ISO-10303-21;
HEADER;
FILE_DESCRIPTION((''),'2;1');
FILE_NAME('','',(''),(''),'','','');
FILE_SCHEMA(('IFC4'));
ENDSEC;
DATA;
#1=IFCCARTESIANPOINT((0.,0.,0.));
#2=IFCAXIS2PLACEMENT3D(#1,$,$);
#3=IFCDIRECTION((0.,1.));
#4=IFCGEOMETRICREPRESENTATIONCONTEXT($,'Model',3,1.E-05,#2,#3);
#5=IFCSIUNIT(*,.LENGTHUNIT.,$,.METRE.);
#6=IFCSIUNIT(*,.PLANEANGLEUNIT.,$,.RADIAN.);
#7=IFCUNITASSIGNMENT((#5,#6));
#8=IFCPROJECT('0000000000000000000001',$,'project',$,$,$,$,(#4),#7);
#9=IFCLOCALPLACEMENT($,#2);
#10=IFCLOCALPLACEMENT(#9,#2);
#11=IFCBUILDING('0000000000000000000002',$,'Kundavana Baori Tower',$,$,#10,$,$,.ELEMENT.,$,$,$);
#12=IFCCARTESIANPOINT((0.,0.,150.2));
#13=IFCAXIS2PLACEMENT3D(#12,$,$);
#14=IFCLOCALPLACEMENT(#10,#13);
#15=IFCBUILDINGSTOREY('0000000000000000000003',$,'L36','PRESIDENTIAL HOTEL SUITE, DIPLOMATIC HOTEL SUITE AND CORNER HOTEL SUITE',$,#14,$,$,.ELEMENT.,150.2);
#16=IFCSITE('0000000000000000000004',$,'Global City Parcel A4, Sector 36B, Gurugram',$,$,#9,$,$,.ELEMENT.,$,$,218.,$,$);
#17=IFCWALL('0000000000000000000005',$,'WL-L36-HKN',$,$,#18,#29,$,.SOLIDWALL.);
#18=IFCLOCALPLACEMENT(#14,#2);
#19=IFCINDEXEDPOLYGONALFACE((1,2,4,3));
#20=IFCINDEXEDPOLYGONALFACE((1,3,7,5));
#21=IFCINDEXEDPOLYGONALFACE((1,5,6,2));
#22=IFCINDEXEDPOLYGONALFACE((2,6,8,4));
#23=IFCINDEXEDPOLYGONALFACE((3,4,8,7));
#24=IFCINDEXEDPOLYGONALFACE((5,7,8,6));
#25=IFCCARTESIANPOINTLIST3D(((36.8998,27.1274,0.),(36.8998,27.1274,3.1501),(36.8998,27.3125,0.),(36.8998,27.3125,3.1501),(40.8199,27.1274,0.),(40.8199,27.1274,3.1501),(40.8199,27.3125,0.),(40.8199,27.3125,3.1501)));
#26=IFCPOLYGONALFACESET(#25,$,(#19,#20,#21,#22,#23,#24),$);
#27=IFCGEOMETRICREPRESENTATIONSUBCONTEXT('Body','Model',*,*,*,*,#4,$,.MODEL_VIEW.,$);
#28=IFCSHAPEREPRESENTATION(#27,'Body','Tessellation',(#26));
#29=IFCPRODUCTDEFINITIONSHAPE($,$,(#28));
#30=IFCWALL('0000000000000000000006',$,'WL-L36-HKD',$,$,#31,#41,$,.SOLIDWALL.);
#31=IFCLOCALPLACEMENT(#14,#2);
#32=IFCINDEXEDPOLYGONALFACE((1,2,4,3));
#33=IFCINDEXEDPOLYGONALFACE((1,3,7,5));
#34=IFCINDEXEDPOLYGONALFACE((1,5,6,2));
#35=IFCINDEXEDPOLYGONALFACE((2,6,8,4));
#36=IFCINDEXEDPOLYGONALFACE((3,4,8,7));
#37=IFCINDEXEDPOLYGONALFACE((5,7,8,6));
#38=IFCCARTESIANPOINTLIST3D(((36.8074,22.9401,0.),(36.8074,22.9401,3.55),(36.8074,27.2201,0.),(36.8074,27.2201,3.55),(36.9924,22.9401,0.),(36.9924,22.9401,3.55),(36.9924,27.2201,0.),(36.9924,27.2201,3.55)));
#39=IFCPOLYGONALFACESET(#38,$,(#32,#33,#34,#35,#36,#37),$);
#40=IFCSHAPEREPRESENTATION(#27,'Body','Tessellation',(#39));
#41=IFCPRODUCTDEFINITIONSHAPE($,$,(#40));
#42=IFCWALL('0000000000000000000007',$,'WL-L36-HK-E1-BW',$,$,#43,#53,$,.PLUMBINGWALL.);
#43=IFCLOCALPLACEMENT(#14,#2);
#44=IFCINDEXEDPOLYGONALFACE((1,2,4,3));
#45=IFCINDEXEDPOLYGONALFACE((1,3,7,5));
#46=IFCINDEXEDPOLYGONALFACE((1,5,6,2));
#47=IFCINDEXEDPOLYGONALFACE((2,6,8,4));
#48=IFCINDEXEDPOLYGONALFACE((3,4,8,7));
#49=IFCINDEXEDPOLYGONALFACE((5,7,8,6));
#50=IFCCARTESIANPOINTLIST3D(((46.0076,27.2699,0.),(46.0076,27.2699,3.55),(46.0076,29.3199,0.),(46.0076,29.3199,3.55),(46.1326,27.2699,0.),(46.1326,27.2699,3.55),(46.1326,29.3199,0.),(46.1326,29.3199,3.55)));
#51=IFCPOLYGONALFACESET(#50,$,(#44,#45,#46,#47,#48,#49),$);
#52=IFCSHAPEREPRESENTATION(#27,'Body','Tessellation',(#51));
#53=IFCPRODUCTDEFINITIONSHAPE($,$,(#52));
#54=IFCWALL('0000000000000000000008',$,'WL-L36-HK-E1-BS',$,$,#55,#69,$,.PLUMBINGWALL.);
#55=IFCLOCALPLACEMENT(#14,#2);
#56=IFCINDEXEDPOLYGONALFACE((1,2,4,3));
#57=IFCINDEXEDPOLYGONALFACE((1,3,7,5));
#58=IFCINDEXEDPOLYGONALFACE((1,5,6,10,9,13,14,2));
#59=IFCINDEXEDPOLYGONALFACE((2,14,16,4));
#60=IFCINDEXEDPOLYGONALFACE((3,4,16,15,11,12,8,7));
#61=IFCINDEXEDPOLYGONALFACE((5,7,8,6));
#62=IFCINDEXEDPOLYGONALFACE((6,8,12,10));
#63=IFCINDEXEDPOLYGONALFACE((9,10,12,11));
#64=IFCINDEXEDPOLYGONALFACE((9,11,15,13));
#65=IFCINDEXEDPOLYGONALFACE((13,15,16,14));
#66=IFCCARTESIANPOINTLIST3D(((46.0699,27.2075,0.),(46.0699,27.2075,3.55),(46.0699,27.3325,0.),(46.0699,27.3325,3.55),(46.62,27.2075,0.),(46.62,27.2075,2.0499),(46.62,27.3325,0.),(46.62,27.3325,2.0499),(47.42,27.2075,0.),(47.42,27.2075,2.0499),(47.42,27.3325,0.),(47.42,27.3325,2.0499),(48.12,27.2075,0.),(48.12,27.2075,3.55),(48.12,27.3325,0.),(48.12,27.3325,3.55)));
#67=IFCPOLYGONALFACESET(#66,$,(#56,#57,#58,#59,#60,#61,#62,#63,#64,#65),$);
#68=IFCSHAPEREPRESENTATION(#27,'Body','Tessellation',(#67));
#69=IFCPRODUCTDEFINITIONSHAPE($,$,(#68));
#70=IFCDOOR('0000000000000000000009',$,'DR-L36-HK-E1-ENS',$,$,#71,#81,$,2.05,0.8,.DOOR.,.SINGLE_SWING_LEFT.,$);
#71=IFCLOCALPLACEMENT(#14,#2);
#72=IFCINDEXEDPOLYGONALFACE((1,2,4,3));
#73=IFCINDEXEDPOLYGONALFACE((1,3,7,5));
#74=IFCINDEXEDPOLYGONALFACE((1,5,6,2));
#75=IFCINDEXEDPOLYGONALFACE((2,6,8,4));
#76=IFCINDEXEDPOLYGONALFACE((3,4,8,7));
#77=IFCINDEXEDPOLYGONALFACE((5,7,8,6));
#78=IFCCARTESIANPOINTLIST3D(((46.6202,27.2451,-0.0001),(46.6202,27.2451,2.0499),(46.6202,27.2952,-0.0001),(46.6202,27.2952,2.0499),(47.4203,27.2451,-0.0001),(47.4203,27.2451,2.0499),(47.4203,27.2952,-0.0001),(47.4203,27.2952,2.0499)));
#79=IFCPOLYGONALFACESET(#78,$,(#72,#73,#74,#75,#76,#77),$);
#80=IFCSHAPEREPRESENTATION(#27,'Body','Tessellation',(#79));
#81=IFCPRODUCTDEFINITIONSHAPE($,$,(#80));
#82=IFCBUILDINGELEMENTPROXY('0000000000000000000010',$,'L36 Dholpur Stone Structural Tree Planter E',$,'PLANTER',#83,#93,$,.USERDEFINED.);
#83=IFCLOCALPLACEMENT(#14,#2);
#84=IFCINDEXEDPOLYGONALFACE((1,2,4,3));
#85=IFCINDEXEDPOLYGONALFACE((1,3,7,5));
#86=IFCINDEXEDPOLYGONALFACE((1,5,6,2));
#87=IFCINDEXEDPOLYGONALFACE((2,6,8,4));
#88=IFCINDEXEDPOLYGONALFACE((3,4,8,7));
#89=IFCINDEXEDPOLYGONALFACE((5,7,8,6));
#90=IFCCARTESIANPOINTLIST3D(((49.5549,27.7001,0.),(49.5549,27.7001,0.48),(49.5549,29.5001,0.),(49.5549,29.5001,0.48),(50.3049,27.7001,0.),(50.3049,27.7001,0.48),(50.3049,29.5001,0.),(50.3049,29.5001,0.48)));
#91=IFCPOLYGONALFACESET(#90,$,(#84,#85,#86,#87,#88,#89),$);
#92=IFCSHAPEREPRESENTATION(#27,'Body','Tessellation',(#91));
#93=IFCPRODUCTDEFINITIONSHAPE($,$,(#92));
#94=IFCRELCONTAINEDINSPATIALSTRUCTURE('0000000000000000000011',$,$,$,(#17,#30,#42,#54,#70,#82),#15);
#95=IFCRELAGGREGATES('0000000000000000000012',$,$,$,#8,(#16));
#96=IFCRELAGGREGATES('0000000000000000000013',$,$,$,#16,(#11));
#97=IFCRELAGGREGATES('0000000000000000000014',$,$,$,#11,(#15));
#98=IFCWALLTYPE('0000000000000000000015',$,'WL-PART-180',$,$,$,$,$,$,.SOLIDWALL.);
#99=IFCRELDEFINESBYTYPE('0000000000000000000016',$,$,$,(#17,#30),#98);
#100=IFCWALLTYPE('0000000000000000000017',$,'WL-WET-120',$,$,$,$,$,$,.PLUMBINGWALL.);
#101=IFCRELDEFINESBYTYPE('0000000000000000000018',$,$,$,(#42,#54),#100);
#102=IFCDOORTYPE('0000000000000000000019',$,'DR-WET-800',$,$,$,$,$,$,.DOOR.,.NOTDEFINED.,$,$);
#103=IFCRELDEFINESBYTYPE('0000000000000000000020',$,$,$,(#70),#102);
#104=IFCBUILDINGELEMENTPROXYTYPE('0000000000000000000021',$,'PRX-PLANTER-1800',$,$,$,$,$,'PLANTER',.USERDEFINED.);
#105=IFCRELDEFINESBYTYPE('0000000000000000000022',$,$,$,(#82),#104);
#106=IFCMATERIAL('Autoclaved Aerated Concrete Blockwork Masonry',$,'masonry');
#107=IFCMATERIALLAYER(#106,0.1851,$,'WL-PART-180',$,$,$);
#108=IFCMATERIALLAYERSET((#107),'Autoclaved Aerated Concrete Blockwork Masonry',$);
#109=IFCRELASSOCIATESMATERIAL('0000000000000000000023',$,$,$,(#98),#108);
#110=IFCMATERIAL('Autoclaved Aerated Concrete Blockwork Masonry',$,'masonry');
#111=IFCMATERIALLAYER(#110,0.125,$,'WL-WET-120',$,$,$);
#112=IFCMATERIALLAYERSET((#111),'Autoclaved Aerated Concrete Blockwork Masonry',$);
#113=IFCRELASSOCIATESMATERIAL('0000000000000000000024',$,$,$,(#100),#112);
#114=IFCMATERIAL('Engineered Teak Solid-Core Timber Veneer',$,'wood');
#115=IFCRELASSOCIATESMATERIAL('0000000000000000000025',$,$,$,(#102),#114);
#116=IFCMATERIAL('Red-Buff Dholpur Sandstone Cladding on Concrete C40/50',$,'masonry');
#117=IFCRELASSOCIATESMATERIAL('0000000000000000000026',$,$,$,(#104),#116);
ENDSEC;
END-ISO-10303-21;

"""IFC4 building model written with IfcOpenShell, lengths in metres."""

from ifc_helpers import new_model, si_unit, direction, frame, frame_2d, origin, origin_2d, place, context, subcontext, project, spatial, rectangle, extrude, material, layer, layer_set, type_object, element, fill, save


model = new_model("IFC4")

# Units and contexts
model_context = context("Model", 3, precision=1e-05, world=origin(), true_north=direction((0.0, 1.0)))
body_context = subcontext(model_context, "Body", "Model", "MODEL_VIEW")
ifc_project = project(units=[si_unit("LENGTHUNIT", "METRE"), si_unit("PLANEANGLEUNIT", "RADIAN")], contexts=[model_context])

# Site, building, storey
site_placement = place(None, origin())
site = spatial("IfcSite", under=ifc_project, at=site_placement, Name="Global City Parcel A4, Sector 36B, Gurugram", CompositionType="ELEMENT", RefElevation=218.0)
building_placement = place(site_placement, origin())
building = spatial("IfcBuilding", under=site, at=building_placement, Name="Kundavana Baori Tower", CompositionType="ELEMENT")
storey_placement = place(building_placement, frame((0.0, 0.0, 150.2)))
storey = spatial("IfcBuildingStorey", under=building, at=storey_placement, Name="L36", Description="PRESIDENTIAL HOTEL SUITE, DIPLOMATIC HOTEL SUITE AND CORNER HOTEL SUITE", CompositionType="ELEMENT", Elevation=150.2)

# Shared definitions
ifc_material_1 = material(Name="Autoclaved Aerated Concrete Blockwork Masonry", Category="masonry")
ifc_layer_1 = layer(ifc_material_1, 0.1851, Name="WL-PART-180")
ifc_layer_set_1 = layer_set([ifc_layer_1], Name="Autoclaved Aerated Concrete Blockwork Masonry")
wall_type_1 = type_object("IfcWallType", Name="WL-PART-180", PredefinedType="SOLIDWALL", material=ifc_layer_set_1)

# Walls
wall_1_placement = place(storey_placement, frame((36.8999, 27.22, 0.0), z_axis=(0.0, 0.0, 1.0), x_axis=(1.0, 0.0, 0.0)))
element("IfcWall", 1, at=wall_1_placement, inside=storey, type_object=wall_type_1, Name="WL-L36-HKN", PredefinedType="SOLIDWALL", context=body_context, shape_type="SweptSolid", body=[
    extrude(rectangle(XDim=3.9202, YDim=0.1851, at=frame_2d((1.96, 0.0))), origin(), (0.0, 0.0, 1.0), 3.1501),
])
wall_2_placement = place(storey_placement, frame((36.8999, 22.9399, 0.0), z_axis=(0.0, 0.0, 1.0), x_axis=(0.0, 1.0, 0.0)))
element("IfcWall", 2, at=wall_2_placement, inside=storey, type_object=wall_type_1, Name="WL-L36-HKD", PredefinedType="SOLIDWALL", context=body_context, shape_type="SweptSolid", body=[
    extrude(rectangle(XDim=4.28, YDim=0.1851, at=frame_2d((2.1401, 0.0))), origin(), (0.0, 0.0, 1.0), 3.55),
])
ifc_material_2 = material(Name="Autoclaved Aerated Concrete Blockwork Masonry", Category="masonry")
ifc_layer_2 = layer(ifc_material_2, 0.125, Name="WL-WET-120")
ifc_layer_set_2 = layer_set([ifc_layer_2], Name="Autoclaved Aerated Concrete Blockwork Masonry")
wall_type_2 = type_object("IfcWallType", Name="WL-WET-120", PredefinedType="PLUMBINGWALL", material=ifc_layer_set_2)
wall_3_placement = place(storey_placement, frame((46.0701, 27.27, 0.0), z_axis=(0.0, 0.0, 1.0), x_axis=(0.0, 1.0, 0.0)))
element("IfcWall", 3, at=wall_3_placement, inside=storey, type_object=wall_type_2, Name="WL-L36-HK-E1-BW", PredefinedType="PLUMBINGWALL", context=body_context, shape_type="SweptSolid", body=[
    extrude(rectangle(XDim=2.05, YDim=0.125, at=frame_2d((1.0249, 0.0))), origin(), (0.0, 0.0, 1.0), 3.55),
])

# Wall, opening, door
wall_4_placement = place(storey_placement, frame((46.0701, 27.27, 0.0), z_axis=(0.0, 0.0, 1.0), x_axis=(1.0, 0.0, 0.0)))
wall_4 = element("IfcWall", 4, at=wall_4_placement, inside=storey, type_object=wall_type_2, Name="WL-L36-HK-E1-BS", PredefinedType="PLUMBINGWALL", context=body_context, shape_type="SweptSolid", body=[
    extrude(rectangle(XDim=2.05, YDim=0.125, at=frame_2d((1.0249, 0.0))), origin(), (0.0, 0.0, 1.0), 3.55),
])
opening_1_placement = place(wall_4_placement, frame((0.55, 0.0, 0.0)))
opening_1 = element("IfcOpeningElement", 5, at=opening_1_placement, cuts=wall_4, PredefinedType="OPENING", context=body_context, shape_type="SweptSolid", body=[
    extrude(rectangle(XDim=0.8, YDim=2.05, at=frame_2d((0.3999, 1.0249))), frame((0.0, 0.0725, 0.0), z_axis=(0.0, -1.0, 0.0), x_axis=(1.0, 0.0, 0.0)), (0.0, 0.0, 1.0), 0.145),
])
ifc_material_3 = material(Name="Engineered Teak Solid-Core Timber Veneer", Category="wood")
door_type_1 = type_object("IfcDoorType", Name="DR-WET-800", OperationType="NOTDEFINED", PredefinedType="DOOR", material=ifc_material_3)
door_1_placement = place(opening_1_placement, frame((0.8, 0.0, 0.0), z_axis=(0.0, 0.0, 1.0), x_axis=(-1.0, 0.0, 0.0)))
door_1 = element("IfcDoor", 6, at=door_1_placement, inside=storey, type_object=door_type_1, Name="DR-L36-HK-E1-ENS", OperationType="SINGLE_SWING_LEFT", OverallHeight=2.05, OverallWidth=0.8, PredefinedType="DOOR", context=body_context, shape_type="SweptSolid", body=[
    extrude(rectangle(XDim=0.8, YDim=2.05, at=frame_2d((0.3999, 1.0249))), frame((0.0, 0.0249, 0.0), z_axis=(0.0, -1.0, 0.0), x_axis=(1.0, 0.0, 0.0)), (0.0, 0.0, 1.0), 0.05),
])
fill(opening_1, door_1)

# Building element proxy
ifc_material_4 = material(Name="Red-Buff Dholpur Sandstone Cladding on Concrete C40/50", Category="masonry")
building_element_proxy_type = type_object("IfcBuildingElementProxyType", Name="PRX-PLANTER-1800", ElementType="PLANTER", PredefinedType="USERDEFINED", material=ifc_material_4)
proxy_placement = place(storey_placement, frame((49.9299, 28.6001, 0.0), z_axis=(0.0, 0.0, 1.0), x_axis=(0.0, 1.0, 0.0)))
element("IfcBuildingElementProxy", 7, at=proxy_placement, inside=storey, type_object=building_element_proxy_type, Name="L36 Dholpur Stone Structural Tree Planter E", ObjectType="PLANTER", PredefinedType="USERDEFINED", context=body_context, shape_type="SweptSolid", body=[
    extrude(rectangle(XDim=1.8, YDim=0.75, at=origin_2d()), origin(), (0.0, 0.0, 1.0), 0.48),
])

save(model, "model.ifc")
